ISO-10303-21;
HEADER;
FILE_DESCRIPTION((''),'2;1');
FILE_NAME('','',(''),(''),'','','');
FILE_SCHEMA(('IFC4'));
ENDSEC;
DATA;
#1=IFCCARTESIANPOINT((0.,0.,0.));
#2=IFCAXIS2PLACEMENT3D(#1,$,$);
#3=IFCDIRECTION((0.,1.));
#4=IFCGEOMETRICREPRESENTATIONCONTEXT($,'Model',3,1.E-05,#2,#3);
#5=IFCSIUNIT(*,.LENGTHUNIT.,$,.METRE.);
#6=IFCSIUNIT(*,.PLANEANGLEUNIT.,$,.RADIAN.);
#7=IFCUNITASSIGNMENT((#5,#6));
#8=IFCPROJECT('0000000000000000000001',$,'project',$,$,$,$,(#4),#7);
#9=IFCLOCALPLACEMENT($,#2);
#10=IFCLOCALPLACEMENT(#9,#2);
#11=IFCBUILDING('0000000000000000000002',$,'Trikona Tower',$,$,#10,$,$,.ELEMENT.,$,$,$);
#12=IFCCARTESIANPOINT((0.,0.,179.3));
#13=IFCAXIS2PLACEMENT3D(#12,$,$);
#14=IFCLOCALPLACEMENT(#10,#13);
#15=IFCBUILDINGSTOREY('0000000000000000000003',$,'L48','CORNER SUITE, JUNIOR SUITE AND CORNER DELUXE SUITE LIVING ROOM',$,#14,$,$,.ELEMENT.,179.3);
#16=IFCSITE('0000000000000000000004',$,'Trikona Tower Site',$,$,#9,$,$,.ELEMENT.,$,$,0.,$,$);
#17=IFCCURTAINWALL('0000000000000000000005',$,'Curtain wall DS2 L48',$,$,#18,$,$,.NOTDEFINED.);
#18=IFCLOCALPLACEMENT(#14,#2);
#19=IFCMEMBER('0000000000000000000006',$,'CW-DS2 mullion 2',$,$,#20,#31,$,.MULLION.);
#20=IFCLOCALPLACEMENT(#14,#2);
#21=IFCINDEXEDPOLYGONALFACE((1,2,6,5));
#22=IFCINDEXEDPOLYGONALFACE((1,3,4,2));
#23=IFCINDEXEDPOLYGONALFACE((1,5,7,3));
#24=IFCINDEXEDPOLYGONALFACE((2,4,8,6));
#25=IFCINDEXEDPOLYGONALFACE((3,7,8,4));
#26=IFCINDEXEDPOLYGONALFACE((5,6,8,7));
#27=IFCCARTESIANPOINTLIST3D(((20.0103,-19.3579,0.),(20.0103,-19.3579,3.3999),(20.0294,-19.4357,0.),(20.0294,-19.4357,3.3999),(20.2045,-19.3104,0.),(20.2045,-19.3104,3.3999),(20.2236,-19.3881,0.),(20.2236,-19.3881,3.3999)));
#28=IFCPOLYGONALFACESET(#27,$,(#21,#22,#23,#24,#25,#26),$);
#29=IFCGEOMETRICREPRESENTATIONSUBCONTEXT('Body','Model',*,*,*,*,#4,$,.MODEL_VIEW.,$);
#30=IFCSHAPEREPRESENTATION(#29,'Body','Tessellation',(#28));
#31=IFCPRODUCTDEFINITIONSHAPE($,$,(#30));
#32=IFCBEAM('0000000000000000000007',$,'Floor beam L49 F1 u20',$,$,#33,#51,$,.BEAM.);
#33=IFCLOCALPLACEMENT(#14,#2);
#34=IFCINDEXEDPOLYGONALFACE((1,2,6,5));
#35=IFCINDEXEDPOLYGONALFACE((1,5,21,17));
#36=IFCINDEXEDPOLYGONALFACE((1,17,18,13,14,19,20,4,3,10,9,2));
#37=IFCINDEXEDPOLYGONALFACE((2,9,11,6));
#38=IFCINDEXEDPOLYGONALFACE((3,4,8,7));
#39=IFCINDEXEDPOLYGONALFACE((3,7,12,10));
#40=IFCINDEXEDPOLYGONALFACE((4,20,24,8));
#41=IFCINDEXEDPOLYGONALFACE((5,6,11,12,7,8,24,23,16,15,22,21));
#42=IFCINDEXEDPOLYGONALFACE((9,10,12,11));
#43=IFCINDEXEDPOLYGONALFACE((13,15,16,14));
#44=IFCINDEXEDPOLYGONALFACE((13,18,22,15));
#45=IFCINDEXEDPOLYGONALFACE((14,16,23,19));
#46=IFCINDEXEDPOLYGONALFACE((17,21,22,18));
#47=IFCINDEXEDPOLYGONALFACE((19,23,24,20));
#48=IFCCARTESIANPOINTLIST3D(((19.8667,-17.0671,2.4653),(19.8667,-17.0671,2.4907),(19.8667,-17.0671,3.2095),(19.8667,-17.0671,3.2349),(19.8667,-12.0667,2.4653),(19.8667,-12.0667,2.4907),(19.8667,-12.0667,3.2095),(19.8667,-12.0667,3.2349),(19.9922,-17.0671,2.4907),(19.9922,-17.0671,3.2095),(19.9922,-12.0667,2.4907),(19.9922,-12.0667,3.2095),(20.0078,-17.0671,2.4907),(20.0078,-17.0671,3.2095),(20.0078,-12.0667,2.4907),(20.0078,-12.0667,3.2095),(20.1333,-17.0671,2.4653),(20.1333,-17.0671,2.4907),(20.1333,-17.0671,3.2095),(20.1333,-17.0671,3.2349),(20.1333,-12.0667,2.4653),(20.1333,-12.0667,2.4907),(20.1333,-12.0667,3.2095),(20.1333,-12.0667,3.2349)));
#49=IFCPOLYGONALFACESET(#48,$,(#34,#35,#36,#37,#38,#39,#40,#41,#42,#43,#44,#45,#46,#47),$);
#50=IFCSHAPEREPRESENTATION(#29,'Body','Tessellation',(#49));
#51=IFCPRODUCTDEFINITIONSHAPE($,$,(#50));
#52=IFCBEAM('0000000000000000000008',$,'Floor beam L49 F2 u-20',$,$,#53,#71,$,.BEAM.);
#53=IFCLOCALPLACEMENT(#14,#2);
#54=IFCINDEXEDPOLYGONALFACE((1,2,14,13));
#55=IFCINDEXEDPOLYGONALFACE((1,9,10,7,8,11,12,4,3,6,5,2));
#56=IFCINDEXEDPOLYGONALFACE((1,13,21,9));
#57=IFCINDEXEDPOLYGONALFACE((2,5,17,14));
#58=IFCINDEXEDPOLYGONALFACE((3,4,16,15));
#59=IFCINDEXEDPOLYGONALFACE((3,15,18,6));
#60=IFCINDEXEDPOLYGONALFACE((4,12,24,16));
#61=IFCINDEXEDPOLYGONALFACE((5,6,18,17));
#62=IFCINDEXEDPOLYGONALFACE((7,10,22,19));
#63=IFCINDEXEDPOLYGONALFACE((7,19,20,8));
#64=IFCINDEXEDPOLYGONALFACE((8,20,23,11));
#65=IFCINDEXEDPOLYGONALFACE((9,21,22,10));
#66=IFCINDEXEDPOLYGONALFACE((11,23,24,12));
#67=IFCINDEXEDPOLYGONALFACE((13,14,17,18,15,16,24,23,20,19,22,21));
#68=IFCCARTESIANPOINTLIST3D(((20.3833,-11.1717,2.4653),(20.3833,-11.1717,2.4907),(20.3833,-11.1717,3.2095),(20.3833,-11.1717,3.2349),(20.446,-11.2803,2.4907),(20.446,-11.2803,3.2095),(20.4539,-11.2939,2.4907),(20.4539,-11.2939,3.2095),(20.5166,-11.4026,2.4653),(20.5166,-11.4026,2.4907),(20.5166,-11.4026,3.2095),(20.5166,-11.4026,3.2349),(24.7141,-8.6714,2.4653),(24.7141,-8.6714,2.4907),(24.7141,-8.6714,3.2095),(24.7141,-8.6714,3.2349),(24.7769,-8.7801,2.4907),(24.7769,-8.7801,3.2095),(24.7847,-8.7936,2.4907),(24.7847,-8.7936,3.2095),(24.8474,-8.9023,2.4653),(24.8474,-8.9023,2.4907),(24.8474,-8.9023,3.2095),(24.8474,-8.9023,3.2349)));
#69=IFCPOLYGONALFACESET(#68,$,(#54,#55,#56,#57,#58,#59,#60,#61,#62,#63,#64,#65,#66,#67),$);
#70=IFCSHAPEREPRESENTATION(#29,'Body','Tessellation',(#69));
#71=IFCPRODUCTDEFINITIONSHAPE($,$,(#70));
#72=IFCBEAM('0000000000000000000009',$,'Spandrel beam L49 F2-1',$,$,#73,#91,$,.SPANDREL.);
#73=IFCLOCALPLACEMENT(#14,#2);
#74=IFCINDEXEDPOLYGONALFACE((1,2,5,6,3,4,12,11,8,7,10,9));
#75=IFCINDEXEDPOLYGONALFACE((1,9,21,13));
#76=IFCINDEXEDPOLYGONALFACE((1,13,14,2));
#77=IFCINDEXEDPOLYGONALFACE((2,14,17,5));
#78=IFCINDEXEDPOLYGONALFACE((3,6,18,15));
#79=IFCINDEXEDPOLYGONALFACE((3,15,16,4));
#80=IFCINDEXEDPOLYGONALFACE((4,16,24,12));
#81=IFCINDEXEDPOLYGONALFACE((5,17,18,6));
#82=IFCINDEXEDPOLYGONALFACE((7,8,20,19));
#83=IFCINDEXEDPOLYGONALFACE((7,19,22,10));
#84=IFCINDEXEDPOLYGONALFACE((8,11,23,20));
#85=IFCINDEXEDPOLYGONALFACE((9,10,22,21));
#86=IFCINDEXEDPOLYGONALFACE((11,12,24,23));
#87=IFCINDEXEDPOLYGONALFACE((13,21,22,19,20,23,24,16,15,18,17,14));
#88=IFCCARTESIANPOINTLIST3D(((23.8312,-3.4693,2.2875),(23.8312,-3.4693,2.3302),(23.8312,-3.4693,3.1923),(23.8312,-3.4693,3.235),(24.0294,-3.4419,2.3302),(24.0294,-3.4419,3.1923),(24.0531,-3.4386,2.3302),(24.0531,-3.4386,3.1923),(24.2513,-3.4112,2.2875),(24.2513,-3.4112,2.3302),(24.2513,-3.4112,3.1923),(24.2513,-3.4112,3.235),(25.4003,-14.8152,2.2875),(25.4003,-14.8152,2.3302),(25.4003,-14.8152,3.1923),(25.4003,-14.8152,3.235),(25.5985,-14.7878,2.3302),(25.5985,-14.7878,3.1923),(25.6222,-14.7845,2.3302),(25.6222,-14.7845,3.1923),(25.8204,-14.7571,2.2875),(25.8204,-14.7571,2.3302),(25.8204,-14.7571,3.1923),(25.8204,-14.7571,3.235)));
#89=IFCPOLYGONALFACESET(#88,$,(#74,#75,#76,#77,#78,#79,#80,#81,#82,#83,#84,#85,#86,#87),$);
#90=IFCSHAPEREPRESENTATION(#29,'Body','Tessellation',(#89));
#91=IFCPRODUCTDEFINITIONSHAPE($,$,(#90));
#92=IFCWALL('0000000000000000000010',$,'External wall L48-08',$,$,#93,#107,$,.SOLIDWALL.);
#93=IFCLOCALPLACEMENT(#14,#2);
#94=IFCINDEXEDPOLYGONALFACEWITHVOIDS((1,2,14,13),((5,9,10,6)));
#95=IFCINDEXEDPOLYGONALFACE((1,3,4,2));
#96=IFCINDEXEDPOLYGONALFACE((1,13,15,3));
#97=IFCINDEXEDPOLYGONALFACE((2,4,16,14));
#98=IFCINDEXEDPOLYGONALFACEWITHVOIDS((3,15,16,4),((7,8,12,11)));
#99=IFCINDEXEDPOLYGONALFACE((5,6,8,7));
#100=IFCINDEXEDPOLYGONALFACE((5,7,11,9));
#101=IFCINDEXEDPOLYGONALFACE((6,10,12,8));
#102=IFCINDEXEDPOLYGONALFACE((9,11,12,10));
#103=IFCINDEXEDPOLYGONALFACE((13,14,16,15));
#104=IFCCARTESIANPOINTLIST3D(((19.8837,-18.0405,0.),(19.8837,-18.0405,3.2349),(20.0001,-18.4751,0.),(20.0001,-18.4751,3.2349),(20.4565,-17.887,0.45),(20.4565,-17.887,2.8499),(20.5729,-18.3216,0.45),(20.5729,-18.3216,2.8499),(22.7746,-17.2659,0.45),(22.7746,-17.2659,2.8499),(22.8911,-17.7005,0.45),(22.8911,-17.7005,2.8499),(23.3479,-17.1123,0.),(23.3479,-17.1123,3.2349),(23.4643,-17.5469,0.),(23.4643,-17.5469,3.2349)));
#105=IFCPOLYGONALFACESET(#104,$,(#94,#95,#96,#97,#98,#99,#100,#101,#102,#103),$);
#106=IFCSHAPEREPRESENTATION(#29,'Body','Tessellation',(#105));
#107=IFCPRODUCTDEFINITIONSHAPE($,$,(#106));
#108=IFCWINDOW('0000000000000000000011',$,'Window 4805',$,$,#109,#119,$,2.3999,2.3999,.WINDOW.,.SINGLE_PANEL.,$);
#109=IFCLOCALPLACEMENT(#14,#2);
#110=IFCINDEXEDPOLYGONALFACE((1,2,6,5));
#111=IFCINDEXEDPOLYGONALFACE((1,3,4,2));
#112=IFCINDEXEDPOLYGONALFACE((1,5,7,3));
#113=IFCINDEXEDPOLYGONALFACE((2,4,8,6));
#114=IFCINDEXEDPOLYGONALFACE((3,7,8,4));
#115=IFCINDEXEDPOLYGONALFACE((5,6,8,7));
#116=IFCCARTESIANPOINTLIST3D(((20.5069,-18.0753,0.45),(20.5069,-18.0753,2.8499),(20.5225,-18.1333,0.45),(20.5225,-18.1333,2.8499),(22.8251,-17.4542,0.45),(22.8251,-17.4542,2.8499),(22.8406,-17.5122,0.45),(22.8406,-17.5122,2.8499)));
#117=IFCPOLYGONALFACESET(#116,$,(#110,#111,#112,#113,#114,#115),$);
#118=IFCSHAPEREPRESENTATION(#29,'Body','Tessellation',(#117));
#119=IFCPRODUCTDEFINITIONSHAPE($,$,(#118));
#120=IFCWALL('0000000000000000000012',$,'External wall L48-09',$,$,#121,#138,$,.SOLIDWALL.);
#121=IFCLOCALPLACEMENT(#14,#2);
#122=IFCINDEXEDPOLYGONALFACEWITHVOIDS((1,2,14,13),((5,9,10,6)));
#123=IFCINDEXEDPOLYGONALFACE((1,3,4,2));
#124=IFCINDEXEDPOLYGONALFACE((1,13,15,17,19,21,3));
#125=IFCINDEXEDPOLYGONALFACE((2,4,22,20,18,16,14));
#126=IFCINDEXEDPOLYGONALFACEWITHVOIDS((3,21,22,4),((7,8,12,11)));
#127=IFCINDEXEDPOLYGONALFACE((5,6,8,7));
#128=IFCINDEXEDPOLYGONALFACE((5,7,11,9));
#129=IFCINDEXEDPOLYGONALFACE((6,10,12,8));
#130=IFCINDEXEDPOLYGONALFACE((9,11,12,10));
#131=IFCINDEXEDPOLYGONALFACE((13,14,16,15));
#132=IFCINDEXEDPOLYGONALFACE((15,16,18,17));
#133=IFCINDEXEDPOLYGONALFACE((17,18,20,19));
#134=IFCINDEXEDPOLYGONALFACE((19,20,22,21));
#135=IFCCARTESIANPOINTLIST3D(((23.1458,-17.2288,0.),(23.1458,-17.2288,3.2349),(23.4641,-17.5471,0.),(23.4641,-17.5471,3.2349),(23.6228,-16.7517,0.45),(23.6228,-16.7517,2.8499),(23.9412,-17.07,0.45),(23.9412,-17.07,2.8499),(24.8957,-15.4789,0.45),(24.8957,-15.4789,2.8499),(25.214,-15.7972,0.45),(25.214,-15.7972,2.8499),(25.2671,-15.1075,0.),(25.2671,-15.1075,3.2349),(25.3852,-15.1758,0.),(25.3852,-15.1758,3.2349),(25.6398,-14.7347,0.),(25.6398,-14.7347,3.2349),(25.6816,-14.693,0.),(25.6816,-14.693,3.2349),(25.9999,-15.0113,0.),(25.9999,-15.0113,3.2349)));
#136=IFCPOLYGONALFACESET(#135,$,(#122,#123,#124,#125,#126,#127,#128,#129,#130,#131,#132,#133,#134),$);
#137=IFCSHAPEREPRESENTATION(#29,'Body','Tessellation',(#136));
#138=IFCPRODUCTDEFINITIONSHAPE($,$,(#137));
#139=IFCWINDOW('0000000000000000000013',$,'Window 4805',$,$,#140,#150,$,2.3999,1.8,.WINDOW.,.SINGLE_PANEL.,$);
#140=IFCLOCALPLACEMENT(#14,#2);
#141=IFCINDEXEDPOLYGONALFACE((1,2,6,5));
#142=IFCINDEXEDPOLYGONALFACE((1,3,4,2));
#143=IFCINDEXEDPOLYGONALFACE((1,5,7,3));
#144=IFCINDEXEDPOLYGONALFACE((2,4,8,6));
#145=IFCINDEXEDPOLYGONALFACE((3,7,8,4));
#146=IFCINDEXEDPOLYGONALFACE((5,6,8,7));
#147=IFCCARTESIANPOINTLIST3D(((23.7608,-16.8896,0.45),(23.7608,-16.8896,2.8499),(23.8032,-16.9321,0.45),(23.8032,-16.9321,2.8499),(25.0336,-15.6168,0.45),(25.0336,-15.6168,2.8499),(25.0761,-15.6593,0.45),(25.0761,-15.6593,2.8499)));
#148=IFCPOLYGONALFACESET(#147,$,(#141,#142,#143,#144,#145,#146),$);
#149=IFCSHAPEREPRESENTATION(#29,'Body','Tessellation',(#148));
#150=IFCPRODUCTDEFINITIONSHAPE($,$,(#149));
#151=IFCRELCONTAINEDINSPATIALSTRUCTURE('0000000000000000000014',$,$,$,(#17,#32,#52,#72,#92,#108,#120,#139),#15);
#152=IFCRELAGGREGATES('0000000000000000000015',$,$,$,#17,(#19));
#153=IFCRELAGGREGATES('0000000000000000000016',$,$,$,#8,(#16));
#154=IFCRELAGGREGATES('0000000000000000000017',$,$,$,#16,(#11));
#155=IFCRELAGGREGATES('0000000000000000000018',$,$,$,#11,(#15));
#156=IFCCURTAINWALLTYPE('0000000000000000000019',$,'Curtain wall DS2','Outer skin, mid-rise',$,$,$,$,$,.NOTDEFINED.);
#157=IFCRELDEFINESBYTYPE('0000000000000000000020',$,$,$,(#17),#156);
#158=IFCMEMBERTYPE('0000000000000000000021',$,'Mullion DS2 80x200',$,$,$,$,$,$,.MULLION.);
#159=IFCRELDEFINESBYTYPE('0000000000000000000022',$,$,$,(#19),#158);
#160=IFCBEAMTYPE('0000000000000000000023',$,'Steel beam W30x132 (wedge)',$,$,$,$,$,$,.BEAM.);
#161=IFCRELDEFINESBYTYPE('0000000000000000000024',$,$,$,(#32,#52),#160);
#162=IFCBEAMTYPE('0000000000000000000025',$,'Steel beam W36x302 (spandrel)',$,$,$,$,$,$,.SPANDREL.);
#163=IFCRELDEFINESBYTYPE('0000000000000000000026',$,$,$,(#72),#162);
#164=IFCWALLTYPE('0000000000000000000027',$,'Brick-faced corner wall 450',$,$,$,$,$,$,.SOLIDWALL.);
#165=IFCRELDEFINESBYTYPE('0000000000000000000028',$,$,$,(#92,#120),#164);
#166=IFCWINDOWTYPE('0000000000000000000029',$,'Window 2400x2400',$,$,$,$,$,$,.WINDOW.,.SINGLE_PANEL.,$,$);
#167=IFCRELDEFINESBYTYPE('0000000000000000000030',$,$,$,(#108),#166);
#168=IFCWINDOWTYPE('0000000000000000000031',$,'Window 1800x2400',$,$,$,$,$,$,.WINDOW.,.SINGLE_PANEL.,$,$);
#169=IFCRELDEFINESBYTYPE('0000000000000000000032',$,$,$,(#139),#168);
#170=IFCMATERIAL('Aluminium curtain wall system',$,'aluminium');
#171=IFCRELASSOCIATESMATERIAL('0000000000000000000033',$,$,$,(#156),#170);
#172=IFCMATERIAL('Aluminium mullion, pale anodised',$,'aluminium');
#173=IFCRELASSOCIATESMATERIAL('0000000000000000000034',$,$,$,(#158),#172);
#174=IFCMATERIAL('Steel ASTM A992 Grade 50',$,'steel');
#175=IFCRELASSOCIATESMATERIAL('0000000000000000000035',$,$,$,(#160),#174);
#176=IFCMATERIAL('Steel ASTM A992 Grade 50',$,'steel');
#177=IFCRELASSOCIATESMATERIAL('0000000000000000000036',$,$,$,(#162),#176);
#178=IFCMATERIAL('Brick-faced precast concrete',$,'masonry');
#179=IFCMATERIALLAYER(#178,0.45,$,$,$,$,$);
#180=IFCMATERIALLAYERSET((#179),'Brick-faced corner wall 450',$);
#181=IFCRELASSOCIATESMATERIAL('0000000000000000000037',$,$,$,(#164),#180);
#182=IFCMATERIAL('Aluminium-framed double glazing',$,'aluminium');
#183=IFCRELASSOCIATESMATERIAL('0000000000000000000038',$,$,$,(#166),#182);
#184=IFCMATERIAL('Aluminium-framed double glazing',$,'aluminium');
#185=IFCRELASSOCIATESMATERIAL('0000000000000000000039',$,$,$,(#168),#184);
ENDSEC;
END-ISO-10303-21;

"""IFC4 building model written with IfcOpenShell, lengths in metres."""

from ifc_helpers import new_model, si_unit, direction, frame, frame_2d, origin, origin_2d, place, context, subcontext, project, spatial, polyline, rectangle, i_section, outline, extrude, material, layer, layer_set, material_profile, profile_set, type_object, element, fill, aggregate, save


model = new_model("IFC4")

# Units and contexts
model_context = context("Model", 3, precision=1e-05, world=origin(), true_north=direction((0.0, 1.0)))
body_context = subcontext(model_context, "Body", "Model", "MODEL_VIEW")
ifc_project = project(units=[si_unit("LENGTHUNIT", "METRE"), si_unit("PLANEANGLEUNIT", "RADIAN")], contexts=[model_context])

# Site, building, storey
site_placement = place(None, origin())
site = spatial("IfcSite", under=ifc_project, at=site_placement, Name="Trikona Tower Site", CompositionType="ELEMENT", RefElevation=0.0)
building_placement = place(site_placement, origin())
building = spatial("IfcBuilding", under=site, at=building_placement, Name="Trikona Tower", CompositionType="ELEMENT")
storey_placement = place(building_placement, frame((0.0, 0.0, 179.3)))
storey = spatial("IfcBuildingStorey", under=building, at=storey_placement, Name="L48", Description="CORNER SUITE, JUNIOR SUITE AND CORNER DELUXE SUITE LIVING ROOM", CompositionType="ELEMENT", Elevation=179.3)

# Curtain wall, member
ifc_material_1 = material(Name="Aluminium curtain wall system", Category="aluminium")
curtain_wall_type = type_object("IfcCurtainWallType", Name="Curtain wall DS2", Description="Outer skin, mid-rise", PredefinedType="NOTDEFINED", material=ifc_material_1)
curtain_wall_placement = place(storey_placement, origin())
curtain_wall = element("IfcCurtainWall", 1, at=curtain_wall_placement, inside=storey, type_object=curtain_wall_type, Name="Curtain wall DS2 L48", PredefinedType="NOTDEFINED")
ifc_material_2 = material(Name="Aluminium mullion, pale anodised", Category="aluminium")
ifc_material_profile_1 = material_profile(ifc_material_2, rectangle(XDim=0.0801, YDim=0.2, at=origin_2d()), Name="MUL-DS2")
ifc_profile_set_1 = profile_set([ifc_material_profile_1], Name="Aluminium mullion, pale anodised")
member_type = type_object("IfcMemberType", Name="Mullion DS2 80x200", PredefinedType="MULLION", material=ifc_profile_set_1)
member_placement = place(storey_placement, frame((20.1169, -19.373, 0.0), z_axis=(0.0, 0.0, 1.0), x_axis=(-0.23797, 0.971272, 0.0)))
member = element("IfcMember", 2, at=member_placement, type_object=member_type, Name="CW-DS2 mullion 2", PredefinedType="MULLION", context=body_context, shape_type="SweptSolid", body=[
    extrude(rectangle(XDim=0.0801, YDim=0.2, at=origin_2d()), origin(), (0.0, 0.0, 1.0), 3.3999),
])
aggregate(curtain_wall, [member])

# Beams
ifc_material_3 = material(Name="Steel ASTM A992 Grade 50", Category="steel")
ifc_material_profile_2 = material_profile(ifc_material_3, i_section(OverallWidth=0.2666, OverallDepth=0.7695, WebThickness=0.0156, FlangeThickness=0.0254, at=origin_2d()), Name="W30X132")
ifc_profile_set_2 = profile_set([ifc_material_profile_2], Name="Steel ASTM A992 Grade 50")
beam_type_1 = type_object("IfcBeamType", Name="Steel beam W30x132 (wedge)", PredefinedType="BEAM", material=ifc_profile_set_2)
beam_1_placement = place(storey_placement, frame((20.0, -12.0667, 2.8501), z_axis=(0.0, -1.0, 0.0), x_axis=(1.0, 0.0, 0.0)))
element("IfcBeam", 3, at=beam_1_placement, inside=storey, type_object=beam_type_1, Name="Floor beam L49 F1 u20", PredefinedType="BEAM", context=body_context, shape_type="SweptSolid", body=[
    extrude(i_section(OverallWidth=0.2666, OverallDepth=0.7695, WebThickness=0.0156, FlangeThickness=0.0254, at=origin_2d()), origin(), (0.0, 0.0, 1.0), 5.0005),
])
beam_2_placement = place(storey_placement, frame((20.45, -11.2871, 2.8501), z_axis=(0.866038, 0.499977, 0.0), x_axis=(-0.499977, 0.866038, 0.0)))
element("IfcBeam", 4, at=beam_2_placement, inside=storey, type_object=beam_type_1, Name="Floor beam L49 F2 u-20", PredefinedType="BEAM", context=body_context, shape_type="SweptSolid", body=[
    extrude(i_section(OverallWidth=0.2666, OverallDepth=0.7695, WebThickness=0.0156, FlangeThickness=0.0254, at=origin_2d()), origin(), (0.0, 0.0, 1.0), 5.0007),
])
ifc_material_4 = material(Name="Steel ASTM A992 Grade 50", Category="steel")
ifc_material_profile_3 = material_profile(ifc_material_4, i_section(OverallWidth=0.4241, OverallDepth=0.9475, WebThickness=0.0239, FlangeThickness=0.0427, at=origin_2d()), Name="W36X302")
ifc_profile_set_3 = profile_set([ifc_material_profile_3], Name="Steel ASTM A992 Grade 50")
beam_type_2 = type_object("IfcBeamType", Name="Steel beam W36x302 (spandrel)", PredefinedType="SPANDREL", material=ifc_profile_set_3)
beam_3_placement = place(storey_placement, frame((25.6104, -14.7861, 2.7612), z_axis=(-0.136992, 0.990572, 0.0), x_axis=(-0.990572, -0.136992, 0.0)))
element("IfcBeam", 5, at=beam_3_placement, inside=storey, type_object=beam_type_2, Name="Spandrel beam L49 F2-1", PredefinedType="SPANDREL", context=body_context, shape_type="SweptSolid", body=[
    extrude(i_section(OverallWidth=0.4241, OverallDepth=0.9475, WebThickness=0.0239, FlangeThickness=0.0427, at=origin_2d()), origin(), (0.0, 0.0, 1.0), 11.4539),
])

# Walls, openings, windows
ifc_material_5 = material(Name="Brick-faced precast concrete", Category="masonry")
ifc_layer_1 = layer(ifc_material_5, 0.45)
ifc_layer_set_1 = layer_set([ifc_layer_1], Name="Brick-faced corner wall 450")
wall_type_1 = type_object("IfcWallType", Name="Brick-faced corner wall 450", PredefinedType="SOLIDWALL", material=ifc_layer_set_1)
wall_1_placement = place(storey_placement, frame((19.9419, -18.2578, 0.0), z_axis=(0.0, 0.0, 1.0), x_axis=(0.965925, 0.258823, 0.0)))
wall_1 = element("IfcWall", 6, at=wall_1_placement, inside=storey, type_object=wall_type_1, Name="External wall L48-08", PredefinedType="SOLIDWALL", context=body_context, shape_type="SweptSolid", body=[
    extrude(rectangle(XDim=3.5864, YDim=0.45, at=frame_2d((1.7932, 0.0))), origin(), (0.0, 0.0, 1.0), 3.2349),
])
opening_1_placement = place(wall_1_placement, frame((0.593, 0.0, 0.45)))
opening_1 = element("IfcOpeningElement", 7, at=opening_1_placement, cuts=wall_1, PredefinedType="OPENING", context=body_context, shape_type="SweptSolid", body=[
    extrude(rectangle(XDim=2.3999, YDim=2.3999, at=frame_2d((1.2, 1.2))), frame((0.0, 0.2349, 0.0), z_axis=(0.0, -1.0, 0.0), x_axis=(1.0, 0.0, 0.0)), (0.0, 0.0, 1.0), 0.47),
])
ifc_material_6 = material(Name="Aluminium-framed double glazing", Category="aluminium")
window_type_1 = type_object("IfcWindowType", Name="Window 2400x2400", PartitioningType="SINGLE_PANEL", PredefinedType="WINDOW", material=ifc_material_6)
window_1_placement = place(opening_1_placement, origin())
window_1 = element("IfcWindow", 8, at=window_1_placement, inside=storey, type_object=window_type_1, Name="Window 4805", OverallHeight=2.3999, OverallWidth=2.3999, PartitioningType="SINGLE_PANEL", PredefinedType="WINDOW", context=body_context, shape_type="SweptSolid", body=[
    extrude(rectangle(XDim=2.3999, YDim=2.3999, at=frame_2d((1.2, 1.2))), frame((0.0, 0.03, 0.0), z_axis=(0.0, -1.0, 0.0), x_axis=(1.0, 0.0, 0.0)), (0.0, 0.0, 1.0), 0.0601),
])
fill(opening_1, window_1)
wall_2_placement = place(storey_placement, frame((23.3049, -17.3879, 0.0), z_axis=(0.0, 0.0, 1.0), x_axis=(0.707107, 0.707107, 0.0)))
wall_2 = element("IfcWall", 9, at=wall_2_placement, inside=storey, type_object=wall_type_1, Name="External wall L48-09", PredefinedType="SOLIDWALL", context=body_context, shape_type="SweptSolid", body=[
    extrude(outline(polyline([(3.5862, 0.2251), (3.5271, 0.2251), (3.0352, 0.0933), (3.0, 0.2251), (0.0, 0.2251), (0.0, -0.2251), (3.5862, -0.2251), (3.5862, 0.2251)])), origin(), (0.0, 0.0, 1.0), 3.2349),
])
opening_2_placement = place(wall_2_placement, frame((0.6748, 0.0, 0.45)))
opening_2 = element("IfcOpeningElement", 10, at=opening_2_placement, cuts=wall_2, PredefinedType="OPENING", context=body_context, shape_type="SweptSolid", body=[
    extrude(rectangle(XDim=1.8, YDim=2.3999, at=frame_2d((0.8999, 1.2))), frame((0.0, 0.2349, 0.0), z_axis=(0.0, -1.0, 0.0), x_axis=(1.0, 0.0, 0.0)), (0.0, 0.0, 1.0), 0.47),
])
ifc_material_7 = material(Name="Aluminium-framed double glazing", Category="aluminium")
window_type_2 = type_object("IfcWindowType", Name="Window 1800x2400", PartitioningType="SINGLE_PANEL", PredefinedType="WINDOW", material=ifc_material_7)
window_2_placement = place(opening_2_placement, origin())
window_2 = element("IfcWindow", 11, at=window_2_placement, inside=storey, type_object=window_type_2, Name="Window 4805", OverallHeight=2.3999, OverallWidth=1.8, PartitioningType="SINGLE_PANEL", PredefinedType="WINDOW", context=body_context, shape_type="SweptSolid", body=[
    extrude(rectangle(XDim=1.8, YDim=2.3999, at=frame_2d((0.8999, 1.2))), frame((0.0, 0.03, 0.0), z_axis=(0.0, -1.0, 0.0), x_axis=(1.0, 0.0, 0.0)), (0.0, 0.0, 1.0), 0.0601),
])
fill(opening_2, window_2)

save(model, "model.ifc")
